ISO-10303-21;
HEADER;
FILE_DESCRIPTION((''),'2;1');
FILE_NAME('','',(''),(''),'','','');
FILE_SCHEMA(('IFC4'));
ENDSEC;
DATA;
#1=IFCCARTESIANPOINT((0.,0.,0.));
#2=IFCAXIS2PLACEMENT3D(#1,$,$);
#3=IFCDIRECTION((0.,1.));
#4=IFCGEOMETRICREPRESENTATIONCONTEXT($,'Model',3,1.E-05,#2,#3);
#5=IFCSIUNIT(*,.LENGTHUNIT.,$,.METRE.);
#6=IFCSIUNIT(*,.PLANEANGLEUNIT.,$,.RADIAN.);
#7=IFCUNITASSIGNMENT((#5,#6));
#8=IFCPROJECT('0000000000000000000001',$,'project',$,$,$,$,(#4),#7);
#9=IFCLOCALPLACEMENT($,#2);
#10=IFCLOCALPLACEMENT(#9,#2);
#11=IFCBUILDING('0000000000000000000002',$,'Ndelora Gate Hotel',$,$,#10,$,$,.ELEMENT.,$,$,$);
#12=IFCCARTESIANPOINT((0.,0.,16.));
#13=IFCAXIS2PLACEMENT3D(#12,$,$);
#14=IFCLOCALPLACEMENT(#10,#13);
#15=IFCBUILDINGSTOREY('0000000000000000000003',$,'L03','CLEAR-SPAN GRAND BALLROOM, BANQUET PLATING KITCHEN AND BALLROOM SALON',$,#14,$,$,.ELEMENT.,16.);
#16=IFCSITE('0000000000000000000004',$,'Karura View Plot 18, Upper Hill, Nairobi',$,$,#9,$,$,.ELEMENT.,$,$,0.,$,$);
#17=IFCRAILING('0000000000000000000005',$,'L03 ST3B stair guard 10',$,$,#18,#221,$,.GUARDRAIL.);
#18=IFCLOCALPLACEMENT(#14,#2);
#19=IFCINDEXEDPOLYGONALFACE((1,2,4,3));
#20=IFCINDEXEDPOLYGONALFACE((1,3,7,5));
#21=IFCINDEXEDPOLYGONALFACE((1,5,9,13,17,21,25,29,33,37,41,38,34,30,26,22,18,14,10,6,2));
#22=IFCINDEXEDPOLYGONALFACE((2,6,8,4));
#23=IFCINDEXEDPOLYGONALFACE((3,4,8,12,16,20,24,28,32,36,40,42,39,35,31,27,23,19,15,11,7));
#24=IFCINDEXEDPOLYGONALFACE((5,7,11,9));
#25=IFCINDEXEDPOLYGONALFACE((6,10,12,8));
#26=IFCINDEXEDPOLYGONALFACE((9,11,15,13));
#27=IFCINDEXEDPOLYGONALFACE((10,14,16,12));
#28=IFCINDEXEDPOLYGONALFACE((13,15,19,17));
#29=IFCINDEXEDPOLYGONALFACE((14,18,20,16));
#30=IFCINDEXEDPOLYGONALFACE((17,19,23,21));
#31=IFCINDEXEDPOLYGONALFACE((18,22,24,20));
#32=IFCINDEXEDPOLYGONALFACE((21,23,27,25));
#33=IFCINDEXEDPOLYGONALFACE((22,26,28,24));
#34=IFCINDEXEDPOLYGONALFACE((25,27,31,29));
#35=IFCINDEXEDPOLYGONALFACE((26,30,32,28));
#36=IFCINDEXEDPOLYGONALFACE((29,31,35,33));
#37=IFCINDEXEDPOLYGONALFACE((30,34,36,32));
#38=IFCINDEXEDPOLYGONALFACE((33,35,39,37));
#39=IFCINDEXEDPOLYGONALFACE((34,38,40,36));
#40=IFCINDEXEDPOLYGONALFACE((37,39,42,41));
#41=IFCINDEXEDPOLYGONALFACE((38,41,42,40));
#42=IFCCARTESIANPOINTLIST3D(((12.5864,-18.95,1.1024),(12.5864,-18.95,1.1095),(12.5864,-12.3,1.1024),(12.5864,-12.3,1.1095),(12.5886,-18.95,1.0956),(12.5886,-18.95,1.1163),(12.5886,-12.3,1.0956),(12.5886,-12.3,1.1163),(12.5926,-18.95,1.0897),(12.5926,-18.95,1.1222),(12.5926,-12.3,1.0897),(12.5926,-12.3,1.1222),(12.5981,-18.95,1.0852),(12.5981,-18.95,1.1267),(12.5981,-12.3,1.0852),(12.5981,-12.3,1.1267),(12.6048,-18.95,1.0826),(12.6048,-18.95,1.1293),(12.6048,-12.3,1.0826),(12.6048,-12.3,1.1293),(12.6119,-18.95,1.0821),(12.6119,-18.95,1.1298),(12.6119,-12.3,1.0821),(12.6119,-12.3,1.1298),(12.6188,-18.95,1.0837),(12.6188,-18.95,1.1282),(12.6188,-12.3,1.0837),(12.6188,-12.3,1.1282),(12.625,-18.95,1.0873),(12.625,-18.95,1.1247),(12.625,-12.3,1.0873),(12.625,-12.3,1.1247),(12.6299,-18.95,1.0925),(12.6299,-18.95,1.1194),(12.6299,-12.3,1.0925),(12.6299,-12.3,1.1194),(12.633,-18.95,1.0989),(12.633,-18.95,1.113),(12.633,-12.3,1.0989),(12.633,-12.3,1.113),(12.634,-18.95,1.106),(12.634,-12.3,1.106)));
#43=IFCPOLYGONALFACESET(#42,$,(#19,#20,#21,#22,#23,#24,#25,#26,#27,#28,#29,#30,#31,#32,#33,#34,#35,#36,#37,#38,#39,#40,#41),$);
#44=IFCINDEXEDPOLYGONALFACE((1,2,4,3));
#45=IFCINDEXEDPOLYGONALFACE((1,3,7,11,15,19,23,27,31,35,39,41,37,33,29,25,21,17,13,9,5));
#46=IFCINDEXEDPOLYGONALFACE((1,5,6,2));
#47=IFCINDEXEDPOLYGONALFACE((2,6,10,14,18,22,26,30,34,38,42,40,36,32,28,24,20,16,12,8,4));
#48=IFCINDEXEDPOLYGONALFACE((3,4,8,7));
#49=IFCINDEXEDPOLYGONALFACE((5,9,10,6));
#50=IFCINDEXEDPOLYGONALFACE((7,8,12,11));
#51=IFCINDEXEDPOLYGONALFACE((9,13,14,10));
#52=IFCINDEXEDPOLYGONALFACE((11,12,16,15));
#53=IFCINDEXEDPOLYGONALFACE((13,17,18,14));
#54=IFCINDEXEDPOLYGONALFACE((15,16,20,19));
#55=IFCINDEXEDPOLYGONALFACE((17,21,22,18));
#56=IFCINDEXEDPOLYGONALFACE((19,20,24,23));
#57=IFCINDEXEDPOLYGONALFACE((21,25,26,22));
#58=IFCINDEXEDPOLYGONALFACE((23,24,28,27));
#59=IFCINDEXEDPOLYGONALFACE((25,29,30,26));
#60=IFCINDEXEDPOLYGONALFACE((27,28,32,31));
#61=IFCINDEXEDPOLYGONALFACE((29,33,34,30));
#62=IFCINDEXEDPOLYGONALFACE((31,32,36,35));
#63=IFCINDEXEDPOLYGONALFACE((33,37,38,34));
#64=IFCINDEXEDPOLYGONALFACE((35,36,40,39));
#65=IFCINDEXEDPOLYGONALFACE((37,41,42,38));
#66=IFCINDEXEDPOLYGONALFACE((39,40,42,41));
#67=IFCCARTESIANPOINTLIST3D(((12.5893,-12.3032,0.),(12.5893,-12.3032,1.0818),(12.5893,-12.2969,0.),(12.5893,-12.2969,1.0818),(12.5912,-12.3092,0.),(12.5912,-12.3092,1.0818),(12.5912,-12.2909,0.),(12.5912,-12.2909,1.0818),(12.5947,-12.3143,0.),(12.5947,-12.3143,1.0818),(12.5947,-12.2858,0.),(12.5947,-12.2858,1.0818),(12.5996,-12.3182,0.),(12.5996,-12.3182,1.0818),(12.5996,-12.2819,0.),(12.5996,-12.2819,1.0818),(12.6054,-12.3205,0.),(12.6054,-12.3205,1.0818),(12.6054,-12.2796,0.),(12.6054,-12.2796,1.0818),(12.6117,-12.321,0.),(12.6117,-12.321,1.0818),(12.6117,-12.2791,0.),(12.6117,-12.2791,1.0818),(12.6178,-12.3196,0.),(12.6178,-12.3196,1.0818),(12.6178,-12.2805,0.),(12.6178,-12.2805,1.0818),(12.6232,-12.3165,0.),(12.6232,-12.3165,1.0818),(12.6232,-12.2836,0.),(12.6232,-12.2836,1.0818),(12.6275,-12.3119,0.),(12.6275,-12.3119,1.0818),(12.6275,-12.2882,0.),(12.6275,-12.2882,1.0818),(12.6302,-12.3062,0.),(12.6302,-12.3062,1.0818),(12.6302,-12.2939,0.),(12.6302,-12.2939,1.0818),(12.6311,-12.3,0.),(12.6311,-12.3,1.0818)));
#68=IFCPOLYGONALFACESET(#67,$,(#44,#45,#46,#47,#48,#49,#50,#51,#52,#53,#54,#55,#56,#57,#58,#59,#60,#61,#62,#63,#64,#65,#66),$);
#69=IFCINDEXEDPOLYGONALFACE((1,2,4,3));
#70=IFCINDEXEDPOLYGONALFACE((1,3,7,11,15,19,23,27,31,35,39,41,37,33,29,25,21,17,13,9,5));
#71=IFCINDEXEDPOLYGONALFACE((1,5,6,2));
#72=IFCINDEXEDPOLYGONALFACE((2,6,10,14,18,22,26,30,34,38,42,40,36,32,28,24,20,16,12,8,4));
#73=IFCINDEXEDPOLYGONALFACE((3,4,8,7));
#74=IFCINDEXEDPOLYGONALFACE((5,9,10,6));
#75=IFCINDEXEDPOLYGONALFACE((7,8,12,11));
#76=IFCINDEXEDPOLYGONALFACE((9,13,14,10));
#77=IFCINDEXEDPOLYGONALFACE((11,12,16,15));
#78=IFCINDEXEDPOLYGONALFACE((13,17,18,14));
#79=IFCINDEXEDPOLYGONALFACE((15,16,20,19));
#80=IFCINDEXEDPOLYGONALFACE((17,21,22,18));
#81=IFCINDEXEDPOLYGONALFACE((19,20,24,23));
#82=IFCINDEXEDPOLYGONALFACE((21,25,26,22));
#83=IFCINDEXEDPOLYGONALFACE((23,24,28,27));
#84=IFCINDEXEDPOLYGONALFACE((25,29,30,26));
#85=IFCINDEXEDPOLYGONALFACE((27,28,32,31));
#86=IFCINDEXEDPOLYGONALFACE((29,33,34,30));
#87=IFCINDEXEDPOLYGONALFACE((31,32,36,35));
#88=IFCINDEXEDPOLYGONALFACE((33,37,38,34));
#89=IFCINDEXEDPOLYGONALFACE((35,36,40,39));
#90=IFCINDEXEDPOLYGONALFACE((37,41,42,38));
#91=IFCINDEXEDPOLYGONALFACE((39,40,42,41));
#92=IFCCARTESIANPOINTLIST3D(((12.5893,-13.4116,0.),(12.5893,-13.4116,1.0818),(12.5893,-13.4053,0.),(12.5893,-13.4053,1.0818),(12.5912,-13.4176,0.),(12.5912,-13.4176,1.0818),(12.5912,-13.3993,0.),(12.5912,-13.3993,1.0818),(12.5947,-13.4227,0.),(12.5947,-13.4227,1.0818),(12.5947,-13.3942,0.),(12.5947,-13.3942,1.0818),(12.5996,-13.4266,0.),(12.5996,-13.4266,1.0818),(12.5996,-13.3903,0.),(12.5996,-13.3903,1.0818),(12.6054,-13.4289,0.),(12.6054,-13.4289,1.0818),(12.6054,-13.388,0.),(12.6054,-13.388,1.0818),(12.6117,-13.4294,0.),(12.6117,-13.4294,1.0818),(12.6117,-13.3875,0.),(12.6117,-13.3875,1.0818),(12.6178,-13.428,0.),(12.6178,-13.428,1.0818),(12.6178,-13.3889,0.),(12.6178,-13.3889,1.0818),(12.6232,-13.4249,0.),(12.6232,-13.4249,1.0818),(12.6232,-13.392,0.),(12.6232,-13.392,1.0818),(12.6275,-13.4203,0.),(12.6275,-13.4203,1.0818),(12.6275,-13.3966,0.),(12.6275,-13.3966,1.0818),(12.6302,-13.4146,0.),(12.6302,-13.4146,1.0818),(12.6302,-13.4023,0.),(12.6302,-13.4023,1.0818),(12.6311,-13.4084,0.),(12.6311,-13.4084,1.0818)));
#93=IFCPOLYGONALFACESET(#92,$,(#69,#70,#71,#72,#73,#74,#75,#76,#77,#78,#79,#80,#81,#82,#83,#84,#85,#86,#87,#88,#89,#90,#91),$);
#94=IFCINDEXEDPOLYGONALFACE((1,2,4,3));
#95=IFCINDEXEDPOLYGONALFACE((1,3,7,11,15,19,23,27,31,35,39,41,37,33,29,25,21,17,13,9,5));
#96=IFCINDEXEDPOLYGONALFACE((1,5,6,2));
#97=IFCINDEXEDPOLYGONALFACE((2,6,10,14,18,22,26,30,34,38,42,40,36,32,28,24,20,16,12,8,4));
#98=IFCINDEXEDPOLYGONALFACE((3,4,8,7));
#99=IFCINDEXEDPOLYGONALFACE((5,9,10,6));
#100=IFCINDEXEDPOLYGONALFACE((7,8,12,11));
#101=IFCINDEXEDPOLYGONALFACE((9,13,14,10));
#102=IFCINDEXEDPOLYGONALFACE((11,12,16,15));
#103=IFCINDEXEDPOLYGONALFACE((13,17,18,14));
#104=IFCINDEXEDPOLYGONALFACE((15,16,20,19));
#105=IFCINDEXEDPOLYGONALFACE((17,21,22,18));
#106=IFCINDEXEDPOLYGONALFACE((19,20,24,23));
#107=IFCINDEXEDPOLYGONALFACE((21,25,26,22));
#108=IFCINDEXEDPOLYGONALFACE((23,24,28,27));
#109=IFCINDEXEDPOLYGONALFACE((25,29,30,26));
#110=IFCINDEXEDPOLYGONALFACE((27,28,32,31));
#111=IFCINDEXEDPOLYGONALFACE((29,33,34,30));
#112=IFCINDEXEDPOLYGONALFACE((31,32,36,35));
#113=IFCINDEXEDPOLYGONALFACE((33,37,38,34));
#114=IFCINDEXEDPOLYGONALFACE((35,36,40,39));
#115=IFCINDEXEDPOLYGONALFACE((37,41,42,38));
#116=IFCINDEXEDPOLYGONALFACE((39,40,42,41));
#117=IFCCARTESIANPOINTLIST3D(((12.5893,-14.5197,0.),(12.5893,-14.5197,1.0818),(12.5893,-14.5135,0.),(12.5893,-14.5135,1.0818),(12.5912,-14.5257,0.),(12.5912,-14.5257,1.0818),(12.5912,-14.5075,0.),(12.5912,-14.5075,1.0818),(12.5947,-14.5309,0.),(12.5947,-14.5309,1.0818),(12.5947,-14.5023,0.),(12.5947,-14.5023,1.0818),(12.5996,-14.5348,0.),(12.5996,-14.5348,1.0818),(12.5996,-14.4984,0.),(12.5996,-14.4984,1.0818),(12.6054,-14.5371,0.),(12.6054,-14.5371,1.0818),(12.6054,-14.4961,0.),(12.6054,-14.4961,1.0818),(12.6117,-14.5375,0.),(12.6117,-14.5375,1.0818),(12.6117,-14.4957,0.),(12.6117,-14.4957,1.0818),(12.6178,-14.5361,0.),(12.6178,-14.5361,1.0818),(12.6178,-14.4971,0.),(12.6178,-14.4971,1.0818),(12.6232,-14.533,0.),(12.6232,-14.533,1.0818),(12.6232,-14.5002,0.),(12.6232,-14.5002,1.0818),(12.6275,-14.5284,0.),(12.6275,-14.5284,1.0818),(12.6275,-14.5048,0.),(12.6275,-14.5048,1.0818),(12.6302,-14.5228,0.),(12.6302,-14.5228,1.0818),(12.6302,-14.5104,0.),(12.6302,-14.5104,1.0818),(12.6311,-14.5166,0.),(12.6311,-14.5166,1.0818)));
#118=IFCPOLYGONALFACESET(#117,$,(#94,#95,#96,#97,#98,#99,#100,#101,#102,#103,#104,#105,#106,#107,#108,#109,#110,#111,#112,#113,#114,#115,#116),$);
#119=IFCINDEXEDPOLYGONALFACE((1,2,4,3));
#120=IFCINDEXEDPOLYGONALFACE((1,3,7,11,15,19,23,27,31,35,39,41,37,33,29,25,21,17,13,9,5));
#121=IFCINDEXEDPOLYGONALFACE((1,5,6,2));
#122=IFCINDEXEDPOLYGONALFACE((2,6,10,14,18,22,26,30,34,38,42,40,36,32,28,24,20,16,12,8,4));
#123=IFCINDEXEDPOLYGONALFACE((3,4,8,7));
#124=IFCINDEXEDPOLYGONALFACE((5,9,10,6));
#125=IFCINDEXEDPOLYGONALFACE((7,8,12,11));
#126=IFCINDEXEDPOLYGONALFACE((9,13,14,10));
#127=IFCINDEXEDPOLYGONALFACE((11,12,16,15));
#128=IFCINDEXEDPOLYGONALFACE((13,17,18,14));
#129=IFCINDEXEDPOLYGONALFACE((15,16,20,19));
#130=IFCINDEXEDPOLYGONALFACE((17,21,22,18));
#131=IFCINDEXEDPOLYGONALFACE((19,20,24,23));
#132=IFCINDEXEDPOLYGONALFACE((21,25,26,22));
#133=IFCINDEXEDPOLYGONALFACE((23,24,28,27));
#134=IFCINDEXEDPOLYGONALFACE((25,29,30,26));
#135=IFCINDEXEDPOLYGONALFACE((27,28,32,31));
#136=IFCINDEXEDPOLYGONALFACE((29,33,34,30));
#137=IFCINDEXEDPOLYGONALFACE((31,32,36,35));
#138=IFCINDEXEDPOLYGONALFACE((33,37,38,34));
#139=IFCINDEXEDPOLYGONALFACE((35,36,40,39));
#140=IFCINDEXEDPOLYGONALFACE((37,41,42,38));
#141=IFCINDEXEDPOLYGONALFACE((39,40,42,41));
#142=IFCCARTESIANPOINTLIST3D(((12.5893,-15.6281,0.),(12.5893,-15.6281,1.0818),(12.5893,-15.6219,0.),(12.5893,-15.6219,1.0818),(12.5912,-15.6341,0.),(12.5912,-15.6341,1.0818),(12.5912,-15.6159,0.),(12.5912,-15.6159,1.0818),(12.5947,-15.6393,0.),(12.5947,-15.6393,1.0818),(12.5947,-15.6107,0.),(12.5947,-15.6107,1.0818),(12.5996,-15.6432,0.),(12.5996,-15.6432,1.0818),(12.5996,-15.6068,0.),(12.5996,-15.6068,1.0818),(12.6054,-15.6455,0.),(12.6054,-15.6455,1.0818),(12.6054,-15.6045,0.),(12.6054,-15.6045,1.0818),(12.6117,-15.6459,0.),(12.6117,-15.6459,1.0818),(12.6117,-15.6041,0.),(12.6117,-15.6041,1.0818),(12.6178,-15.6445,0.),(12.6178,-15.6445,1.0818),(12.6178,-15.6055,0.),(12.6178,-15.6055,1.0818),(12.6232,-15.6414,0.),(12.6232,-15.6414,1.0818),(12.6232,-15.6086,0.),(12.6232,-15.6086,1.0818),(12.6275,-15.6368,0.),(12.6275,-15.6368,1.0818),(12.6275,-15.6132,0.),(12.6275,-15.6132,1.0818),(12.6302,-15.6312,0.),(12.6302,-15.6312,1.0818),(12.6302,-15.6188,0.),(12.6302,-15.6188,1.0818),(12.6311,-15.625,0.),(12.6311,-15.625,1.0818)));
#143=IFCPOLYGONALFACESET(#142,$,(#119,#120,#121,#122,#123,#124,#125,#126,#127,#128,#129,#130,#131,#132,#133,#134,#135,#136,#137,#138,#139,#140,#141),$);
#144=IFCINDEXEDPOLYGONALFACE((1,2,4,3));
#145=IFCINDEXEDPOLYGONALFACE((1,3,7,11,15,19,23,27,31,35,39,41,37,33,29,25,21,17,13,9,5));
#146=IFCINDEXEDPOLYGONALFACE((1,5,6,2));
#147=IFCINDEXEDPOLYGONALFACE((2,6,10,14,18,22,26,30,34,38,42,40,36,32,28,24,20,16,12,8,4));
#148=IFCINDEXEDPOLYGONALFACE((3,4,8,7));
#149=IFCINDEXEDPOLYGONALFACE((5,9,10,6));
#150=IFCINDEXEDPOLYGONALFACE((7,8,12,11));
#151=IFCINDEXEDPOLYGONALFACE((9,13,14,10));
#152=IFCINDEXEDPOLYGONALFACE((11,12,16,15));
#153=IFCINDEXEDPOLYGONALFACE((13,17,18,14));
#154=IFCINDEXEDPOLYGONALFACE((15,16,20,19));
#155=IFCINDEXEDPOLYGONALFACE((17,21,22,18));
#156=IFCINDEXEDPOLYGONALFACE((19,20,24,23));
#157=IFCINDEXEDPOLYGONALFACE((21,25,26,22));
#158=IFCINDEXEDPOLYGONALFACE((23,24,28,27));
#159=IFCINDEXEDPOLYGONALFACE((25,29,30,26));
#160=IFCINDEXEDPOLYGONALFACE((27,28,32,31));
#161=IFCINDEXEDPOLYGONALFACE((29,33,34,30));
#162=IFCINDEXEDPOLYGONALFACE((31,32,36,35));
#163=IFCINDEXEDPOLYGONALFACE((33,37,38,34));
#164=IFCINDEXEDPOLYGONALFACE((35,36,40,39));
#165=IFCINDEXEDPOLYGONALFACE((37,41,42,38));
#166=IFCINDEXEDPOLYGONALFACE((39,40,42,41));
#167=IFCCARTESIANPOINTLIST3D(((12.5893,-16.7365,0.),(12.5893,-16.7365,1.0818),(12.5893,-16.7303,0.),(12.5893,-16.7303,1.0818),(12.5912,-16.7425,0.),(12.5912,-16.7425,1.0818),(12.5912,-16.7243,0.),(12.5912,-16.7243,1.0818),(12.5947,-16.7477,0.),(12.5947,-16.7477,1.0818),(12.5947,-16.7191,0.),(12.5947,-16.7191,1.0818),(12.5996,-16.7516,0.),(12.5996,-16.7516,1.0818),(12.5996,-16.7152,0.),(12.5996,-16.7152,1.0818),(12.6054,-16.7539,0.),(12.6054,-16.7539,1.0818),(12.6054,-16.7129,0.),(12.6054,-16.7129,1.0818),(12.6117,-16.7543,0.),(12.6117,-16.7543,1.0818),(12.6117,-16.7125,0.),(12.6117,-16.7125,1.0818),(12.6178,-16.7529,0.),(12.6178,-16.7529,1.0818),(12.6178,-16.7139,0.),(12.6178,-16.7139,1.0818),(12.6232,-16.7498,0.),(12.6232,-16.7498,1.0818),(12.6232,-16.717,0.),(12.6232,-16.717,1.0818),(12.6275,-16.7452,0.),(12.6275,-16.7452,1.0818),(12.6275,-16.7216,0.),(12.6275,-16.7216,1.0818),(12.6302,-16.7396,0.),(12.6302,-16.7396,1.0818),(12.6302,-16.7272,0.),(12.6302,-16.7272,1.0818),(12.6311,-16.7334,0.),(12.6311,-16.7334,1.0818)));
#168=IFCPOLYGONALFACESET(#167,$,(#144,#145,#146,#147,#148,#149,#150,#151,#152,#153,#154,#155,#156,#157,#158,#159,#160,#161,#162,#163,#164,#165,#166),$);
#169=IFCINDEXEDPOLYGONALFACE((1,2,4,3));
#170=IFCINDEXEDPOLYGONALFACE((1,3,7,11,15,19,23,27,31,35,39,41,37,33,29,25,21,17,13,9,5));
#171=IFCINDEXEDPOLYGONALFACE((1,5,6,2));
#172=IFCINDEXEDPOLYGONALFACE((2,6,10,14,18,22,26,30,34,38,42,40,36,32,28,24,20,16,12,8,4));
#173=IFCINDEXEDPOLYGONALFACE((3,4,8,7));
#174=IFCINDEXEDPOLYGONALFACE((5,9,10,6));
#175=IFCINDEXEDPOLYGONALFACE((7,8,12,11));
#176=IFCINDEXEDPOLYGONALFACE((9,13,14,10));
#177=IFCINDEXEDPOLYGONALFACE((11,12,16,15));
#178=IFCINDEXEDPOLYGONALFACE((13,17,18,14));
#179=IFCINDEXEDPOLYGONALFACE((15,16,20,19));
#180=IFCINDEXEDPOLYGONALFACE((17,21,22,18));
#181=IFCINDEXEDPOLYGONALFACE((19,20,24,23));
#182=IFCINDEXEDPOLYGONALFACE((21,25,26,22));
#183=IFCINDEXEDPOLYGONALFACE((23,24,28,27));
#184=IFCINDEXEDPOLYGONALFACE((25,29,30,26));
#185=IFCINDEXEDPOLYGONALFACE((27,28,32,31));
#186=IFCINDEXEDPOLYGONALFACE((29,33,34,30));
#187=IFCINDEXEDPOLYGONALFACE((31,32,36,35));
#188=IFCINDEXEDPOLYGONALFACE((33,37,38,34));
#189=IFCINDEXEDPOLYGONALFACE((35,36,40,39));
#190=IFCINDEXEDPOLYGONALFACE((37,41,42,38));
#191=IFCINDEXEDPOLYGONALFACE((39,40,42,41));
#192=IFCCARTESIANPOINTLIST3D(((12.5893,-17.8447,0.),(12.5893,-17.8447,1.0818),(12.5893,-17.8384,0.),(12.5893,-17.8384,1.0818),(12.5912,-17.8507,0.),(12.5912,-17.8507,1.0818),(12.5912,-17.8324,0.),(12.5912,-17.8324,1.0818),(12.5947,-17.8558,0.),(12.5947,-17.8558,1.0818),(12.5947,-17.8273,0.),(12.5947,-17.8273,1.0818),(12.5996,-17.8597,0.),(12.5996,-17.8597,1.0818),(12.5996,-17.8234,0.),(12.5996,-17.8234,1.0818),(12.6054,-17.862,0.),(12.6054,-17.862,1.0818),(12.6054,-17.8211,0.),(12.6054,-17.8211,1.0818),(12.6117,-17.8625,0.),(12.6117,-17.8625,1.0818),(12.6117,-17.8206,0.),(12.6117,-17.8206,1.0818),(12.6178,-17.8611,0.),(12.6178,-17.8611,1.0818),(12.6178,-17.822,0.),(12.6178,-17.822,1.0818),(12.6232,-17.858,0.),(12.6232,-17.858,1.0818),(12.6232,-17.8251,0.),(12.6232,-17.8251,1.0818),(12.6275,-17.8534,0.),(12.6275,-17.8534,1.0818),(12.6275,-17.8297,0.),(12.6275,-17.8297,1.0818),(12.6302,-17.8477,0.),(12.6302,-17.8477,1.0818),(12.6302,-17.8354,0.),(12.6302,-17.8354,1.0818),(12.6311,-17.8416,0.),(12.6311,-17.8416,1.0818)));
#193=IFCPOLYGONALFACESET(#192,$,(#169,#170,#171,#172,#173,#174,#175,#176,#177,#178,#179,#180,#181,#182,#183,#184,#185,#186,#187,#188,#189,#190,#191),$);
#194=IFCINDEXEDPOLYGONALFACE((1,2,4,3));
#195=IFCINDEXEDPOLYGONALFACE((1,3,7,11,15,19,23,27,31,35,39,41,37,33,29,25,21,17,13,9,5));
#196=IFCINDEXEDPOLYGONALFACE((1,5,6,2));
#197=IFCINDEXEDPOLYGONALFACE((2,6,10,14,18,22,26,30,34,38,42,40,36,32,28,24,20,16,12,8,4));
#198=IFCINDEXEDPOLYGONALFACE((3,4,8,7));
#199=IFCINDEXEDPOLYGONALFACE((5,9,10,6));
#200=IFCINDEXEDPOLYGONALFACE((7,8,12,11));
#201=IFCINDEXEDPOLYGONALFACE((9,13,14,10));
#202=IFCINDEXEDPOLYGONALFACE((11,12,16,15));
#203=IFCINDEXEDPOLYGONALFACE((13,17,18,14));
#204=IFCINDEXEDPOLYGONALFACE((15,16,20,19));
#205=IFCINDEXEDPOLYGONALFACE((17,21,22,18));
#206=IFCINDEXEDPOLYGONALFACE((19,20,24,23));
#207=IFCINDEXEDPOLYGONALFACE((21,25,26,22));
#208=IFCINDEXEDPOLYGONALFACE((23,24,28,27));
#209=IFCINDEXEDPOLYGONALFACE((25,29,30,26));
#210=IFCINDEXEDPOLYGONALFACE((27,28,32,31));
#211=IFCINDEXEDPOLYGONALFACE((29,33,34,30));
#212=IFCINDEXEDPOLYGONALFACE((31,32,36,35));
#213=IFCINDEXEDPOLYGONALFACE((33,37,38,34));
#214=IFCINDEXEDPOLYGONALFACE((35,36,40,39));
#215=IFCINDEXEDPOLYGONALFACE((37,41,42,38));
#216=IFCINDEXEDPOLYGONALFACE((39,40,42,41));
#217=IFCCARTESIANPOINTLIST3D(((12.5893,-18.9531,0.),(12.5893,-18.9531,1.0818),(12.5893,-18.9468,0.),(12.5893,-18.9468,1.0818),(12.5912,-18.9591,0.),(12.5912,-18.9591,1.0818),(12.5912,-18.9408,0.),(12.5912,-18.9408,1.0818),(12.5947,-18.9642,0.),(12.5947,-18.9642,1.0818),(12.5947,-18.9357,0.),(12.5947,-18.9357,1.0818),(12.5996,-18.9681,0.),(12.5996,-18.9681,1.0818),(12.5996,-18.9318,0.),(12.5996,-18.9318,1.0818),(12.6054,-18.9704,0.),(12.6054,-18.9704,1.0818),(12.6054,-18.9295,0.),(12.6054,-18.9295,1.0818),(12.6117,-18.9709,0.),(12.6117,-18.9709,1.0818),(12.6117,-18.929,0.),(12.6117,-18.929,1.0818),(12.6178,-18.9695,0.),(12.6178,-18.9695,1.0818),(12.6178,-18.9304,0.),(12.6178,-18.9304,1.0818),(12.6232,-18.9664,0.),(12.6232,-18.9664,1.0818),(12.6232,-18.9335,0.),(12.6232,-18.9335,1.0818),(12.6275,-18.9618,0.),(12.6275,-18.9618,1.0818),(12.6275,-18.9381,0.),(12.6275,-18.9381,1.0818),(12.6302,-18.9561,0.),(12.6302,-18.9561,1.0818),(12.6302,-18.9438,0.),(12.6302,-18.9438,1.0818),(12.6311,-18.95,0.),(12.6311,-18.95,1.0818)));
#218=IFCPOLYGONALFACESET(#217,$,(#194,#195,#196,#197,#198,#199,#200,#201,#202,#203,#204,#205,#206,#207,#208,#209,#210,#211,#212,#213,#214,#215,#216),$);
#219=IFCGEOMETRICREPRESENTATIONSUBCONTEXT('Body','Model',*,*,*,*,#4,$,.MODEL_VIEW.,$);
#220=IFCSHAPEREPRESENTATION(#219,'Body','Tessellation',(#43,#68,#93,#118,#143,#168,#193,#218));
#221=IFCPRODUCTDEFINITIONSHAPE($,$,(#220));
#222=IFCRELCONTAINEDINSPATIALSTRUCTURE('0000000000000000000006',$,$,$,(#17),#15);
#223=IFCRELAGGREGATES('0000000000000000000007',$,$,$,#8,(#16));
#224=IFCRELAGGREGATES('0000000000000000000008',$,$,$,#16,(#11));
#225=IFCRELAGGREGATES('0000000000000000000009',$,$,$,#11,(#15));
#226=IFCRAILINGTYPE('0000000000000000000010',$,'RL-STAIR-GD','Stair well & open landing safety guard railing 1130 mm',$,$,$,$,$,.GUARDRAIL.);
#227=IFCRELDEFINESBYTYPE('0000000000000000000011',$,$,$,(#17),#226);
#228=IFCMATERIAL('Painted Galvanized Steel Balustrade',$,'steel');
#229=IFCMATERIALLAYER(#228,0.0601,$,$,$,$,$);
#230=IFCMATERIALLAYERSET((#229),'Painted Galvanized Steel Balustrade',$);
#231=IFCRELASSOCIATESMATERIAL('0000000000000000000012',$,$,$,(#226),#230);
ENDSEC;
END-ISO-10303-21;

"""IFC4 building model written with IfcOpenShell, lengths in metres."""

from ifc_helpers import new_model, si_unit, direction, frame, origin, origin_2d, place, context, subcontext, project, spatial, circle, extrude, material, layer, layer_set, type_object, element, save


model = new_model("IFC4")

# Units and contexts
model_context = context("Model", 3, precision=1e-05, world=origin(), true_north=direction((0.0, 1.0)))
body_context = subcontext(model_context, "Body", "Model", "MODEL_VIEW")
ifc_project = project(units=[si_unit("LENGTHUNIT", "METRE"), si_unit("PLANEANGLEUNIT", "RADIAN")], contexts=[model_context])

# Site, building, storey
site_placement = place(None, origin())
site = spatial("IfcSite", under=ifc_project, at=site_placement, Name="Karura View Plot 18, Upper Hill, Nairobi", CompositionType="ELEMENT", RefElevation=0.0)
building_placement = place(site_placement, origin())
building = spatial("IfcBuilding", under=site, at=building_placement, Name="Ndelora Gate Hotel", CompositionType="ELEMENT")
storey_placement = place(building_placement, frame((0.0, 0.0, 16.0)))
storey = spatial("IfcBuildingStorey", under=building, at=storey_placement, Name="L03", Description="CLEAR-SPAN GRAND BALLROOM, BANQUET PLATING KITCHEN AND BALLROOM SALON", CompositionType="ELEMENT", Elevation=16.0)

# Railing
ifc_material_1 = material(Name="Painted Galvanized Steel Balustrade", Category="steel")
ifc_layer_1 = layer(ifc_material_1, 0.0601)
ifc_layer_set_1 = layer_set([ifc_layer_1], Name="Painted Galvanized Steel Balustrade")
railing_type_1 = type_object("IfcRailingType", Name="RL-STAIR-GD", Description="Stair well & open landing safety guard railing 1130 mm", PredefinedType="GUARDRAIL", material=ifc_layer_set_1)
railing_1_placement = place(storey_placement, frame((12.6101, -12.3, 0.0)))
element("IfcRailing", 1, at=railing_1_placement, inside=storey, type_object=railing_type_1, Name="L03 ST3B stair guard 10", PredefinedType="GUARDRAIL", context=body_context, shape_type="SweptSolid", body=[
    extrude(circle(Radius=0.0239, at=origin_2d()), frame((0.0, 0.0, 1.106), z_axis=(0.0, -1.0, 0.0), x_axis=(1.0, 0.0, 0.0)), (0.0, 0.0, 1.0), 6.6499),
    extrude(circle(Radius=0.021, at=origin_2d()), origin(), (0.0, 0.0, 1.0), 1.0818),
    extrude(circle(Radius=0.021, at=origin_2d()), frame((0.0, -1.1084, 0.0)), (0.0, 0.0, 1.0), 1.0818),
    extrude(circle(Radius=0.021, at=origin_2d()), frame((0.0, -2.2166, 0.0)), (0.0, 0.0, 1.0), 1.0818),
    extrude(circle(Radius=0.021, at=origin_2d()), frame((0.0, -3.325, 0.0)), (0.0, 0.0, 1.0), 1.0818),
    extrude(circle(Radius=0.021, at=origin_2d()), frame((0.0, -4.4333, 0.0)), (0.0, 0.0, 1.0), 1.0818),
    extrude(circle(Radius=0.021, at=origin_2d()), frame((0.0, -5.5415, 0.0)), (0.0, 0.0, 1.0), 1.0818),
    extrude(circle(Radius=0.021, at=origin_2d()), frame((0.0, -6.6499, 0.0)), (0.0, 0.0, 1.0), 1.0818),
])

save(model, "model.ifc")
